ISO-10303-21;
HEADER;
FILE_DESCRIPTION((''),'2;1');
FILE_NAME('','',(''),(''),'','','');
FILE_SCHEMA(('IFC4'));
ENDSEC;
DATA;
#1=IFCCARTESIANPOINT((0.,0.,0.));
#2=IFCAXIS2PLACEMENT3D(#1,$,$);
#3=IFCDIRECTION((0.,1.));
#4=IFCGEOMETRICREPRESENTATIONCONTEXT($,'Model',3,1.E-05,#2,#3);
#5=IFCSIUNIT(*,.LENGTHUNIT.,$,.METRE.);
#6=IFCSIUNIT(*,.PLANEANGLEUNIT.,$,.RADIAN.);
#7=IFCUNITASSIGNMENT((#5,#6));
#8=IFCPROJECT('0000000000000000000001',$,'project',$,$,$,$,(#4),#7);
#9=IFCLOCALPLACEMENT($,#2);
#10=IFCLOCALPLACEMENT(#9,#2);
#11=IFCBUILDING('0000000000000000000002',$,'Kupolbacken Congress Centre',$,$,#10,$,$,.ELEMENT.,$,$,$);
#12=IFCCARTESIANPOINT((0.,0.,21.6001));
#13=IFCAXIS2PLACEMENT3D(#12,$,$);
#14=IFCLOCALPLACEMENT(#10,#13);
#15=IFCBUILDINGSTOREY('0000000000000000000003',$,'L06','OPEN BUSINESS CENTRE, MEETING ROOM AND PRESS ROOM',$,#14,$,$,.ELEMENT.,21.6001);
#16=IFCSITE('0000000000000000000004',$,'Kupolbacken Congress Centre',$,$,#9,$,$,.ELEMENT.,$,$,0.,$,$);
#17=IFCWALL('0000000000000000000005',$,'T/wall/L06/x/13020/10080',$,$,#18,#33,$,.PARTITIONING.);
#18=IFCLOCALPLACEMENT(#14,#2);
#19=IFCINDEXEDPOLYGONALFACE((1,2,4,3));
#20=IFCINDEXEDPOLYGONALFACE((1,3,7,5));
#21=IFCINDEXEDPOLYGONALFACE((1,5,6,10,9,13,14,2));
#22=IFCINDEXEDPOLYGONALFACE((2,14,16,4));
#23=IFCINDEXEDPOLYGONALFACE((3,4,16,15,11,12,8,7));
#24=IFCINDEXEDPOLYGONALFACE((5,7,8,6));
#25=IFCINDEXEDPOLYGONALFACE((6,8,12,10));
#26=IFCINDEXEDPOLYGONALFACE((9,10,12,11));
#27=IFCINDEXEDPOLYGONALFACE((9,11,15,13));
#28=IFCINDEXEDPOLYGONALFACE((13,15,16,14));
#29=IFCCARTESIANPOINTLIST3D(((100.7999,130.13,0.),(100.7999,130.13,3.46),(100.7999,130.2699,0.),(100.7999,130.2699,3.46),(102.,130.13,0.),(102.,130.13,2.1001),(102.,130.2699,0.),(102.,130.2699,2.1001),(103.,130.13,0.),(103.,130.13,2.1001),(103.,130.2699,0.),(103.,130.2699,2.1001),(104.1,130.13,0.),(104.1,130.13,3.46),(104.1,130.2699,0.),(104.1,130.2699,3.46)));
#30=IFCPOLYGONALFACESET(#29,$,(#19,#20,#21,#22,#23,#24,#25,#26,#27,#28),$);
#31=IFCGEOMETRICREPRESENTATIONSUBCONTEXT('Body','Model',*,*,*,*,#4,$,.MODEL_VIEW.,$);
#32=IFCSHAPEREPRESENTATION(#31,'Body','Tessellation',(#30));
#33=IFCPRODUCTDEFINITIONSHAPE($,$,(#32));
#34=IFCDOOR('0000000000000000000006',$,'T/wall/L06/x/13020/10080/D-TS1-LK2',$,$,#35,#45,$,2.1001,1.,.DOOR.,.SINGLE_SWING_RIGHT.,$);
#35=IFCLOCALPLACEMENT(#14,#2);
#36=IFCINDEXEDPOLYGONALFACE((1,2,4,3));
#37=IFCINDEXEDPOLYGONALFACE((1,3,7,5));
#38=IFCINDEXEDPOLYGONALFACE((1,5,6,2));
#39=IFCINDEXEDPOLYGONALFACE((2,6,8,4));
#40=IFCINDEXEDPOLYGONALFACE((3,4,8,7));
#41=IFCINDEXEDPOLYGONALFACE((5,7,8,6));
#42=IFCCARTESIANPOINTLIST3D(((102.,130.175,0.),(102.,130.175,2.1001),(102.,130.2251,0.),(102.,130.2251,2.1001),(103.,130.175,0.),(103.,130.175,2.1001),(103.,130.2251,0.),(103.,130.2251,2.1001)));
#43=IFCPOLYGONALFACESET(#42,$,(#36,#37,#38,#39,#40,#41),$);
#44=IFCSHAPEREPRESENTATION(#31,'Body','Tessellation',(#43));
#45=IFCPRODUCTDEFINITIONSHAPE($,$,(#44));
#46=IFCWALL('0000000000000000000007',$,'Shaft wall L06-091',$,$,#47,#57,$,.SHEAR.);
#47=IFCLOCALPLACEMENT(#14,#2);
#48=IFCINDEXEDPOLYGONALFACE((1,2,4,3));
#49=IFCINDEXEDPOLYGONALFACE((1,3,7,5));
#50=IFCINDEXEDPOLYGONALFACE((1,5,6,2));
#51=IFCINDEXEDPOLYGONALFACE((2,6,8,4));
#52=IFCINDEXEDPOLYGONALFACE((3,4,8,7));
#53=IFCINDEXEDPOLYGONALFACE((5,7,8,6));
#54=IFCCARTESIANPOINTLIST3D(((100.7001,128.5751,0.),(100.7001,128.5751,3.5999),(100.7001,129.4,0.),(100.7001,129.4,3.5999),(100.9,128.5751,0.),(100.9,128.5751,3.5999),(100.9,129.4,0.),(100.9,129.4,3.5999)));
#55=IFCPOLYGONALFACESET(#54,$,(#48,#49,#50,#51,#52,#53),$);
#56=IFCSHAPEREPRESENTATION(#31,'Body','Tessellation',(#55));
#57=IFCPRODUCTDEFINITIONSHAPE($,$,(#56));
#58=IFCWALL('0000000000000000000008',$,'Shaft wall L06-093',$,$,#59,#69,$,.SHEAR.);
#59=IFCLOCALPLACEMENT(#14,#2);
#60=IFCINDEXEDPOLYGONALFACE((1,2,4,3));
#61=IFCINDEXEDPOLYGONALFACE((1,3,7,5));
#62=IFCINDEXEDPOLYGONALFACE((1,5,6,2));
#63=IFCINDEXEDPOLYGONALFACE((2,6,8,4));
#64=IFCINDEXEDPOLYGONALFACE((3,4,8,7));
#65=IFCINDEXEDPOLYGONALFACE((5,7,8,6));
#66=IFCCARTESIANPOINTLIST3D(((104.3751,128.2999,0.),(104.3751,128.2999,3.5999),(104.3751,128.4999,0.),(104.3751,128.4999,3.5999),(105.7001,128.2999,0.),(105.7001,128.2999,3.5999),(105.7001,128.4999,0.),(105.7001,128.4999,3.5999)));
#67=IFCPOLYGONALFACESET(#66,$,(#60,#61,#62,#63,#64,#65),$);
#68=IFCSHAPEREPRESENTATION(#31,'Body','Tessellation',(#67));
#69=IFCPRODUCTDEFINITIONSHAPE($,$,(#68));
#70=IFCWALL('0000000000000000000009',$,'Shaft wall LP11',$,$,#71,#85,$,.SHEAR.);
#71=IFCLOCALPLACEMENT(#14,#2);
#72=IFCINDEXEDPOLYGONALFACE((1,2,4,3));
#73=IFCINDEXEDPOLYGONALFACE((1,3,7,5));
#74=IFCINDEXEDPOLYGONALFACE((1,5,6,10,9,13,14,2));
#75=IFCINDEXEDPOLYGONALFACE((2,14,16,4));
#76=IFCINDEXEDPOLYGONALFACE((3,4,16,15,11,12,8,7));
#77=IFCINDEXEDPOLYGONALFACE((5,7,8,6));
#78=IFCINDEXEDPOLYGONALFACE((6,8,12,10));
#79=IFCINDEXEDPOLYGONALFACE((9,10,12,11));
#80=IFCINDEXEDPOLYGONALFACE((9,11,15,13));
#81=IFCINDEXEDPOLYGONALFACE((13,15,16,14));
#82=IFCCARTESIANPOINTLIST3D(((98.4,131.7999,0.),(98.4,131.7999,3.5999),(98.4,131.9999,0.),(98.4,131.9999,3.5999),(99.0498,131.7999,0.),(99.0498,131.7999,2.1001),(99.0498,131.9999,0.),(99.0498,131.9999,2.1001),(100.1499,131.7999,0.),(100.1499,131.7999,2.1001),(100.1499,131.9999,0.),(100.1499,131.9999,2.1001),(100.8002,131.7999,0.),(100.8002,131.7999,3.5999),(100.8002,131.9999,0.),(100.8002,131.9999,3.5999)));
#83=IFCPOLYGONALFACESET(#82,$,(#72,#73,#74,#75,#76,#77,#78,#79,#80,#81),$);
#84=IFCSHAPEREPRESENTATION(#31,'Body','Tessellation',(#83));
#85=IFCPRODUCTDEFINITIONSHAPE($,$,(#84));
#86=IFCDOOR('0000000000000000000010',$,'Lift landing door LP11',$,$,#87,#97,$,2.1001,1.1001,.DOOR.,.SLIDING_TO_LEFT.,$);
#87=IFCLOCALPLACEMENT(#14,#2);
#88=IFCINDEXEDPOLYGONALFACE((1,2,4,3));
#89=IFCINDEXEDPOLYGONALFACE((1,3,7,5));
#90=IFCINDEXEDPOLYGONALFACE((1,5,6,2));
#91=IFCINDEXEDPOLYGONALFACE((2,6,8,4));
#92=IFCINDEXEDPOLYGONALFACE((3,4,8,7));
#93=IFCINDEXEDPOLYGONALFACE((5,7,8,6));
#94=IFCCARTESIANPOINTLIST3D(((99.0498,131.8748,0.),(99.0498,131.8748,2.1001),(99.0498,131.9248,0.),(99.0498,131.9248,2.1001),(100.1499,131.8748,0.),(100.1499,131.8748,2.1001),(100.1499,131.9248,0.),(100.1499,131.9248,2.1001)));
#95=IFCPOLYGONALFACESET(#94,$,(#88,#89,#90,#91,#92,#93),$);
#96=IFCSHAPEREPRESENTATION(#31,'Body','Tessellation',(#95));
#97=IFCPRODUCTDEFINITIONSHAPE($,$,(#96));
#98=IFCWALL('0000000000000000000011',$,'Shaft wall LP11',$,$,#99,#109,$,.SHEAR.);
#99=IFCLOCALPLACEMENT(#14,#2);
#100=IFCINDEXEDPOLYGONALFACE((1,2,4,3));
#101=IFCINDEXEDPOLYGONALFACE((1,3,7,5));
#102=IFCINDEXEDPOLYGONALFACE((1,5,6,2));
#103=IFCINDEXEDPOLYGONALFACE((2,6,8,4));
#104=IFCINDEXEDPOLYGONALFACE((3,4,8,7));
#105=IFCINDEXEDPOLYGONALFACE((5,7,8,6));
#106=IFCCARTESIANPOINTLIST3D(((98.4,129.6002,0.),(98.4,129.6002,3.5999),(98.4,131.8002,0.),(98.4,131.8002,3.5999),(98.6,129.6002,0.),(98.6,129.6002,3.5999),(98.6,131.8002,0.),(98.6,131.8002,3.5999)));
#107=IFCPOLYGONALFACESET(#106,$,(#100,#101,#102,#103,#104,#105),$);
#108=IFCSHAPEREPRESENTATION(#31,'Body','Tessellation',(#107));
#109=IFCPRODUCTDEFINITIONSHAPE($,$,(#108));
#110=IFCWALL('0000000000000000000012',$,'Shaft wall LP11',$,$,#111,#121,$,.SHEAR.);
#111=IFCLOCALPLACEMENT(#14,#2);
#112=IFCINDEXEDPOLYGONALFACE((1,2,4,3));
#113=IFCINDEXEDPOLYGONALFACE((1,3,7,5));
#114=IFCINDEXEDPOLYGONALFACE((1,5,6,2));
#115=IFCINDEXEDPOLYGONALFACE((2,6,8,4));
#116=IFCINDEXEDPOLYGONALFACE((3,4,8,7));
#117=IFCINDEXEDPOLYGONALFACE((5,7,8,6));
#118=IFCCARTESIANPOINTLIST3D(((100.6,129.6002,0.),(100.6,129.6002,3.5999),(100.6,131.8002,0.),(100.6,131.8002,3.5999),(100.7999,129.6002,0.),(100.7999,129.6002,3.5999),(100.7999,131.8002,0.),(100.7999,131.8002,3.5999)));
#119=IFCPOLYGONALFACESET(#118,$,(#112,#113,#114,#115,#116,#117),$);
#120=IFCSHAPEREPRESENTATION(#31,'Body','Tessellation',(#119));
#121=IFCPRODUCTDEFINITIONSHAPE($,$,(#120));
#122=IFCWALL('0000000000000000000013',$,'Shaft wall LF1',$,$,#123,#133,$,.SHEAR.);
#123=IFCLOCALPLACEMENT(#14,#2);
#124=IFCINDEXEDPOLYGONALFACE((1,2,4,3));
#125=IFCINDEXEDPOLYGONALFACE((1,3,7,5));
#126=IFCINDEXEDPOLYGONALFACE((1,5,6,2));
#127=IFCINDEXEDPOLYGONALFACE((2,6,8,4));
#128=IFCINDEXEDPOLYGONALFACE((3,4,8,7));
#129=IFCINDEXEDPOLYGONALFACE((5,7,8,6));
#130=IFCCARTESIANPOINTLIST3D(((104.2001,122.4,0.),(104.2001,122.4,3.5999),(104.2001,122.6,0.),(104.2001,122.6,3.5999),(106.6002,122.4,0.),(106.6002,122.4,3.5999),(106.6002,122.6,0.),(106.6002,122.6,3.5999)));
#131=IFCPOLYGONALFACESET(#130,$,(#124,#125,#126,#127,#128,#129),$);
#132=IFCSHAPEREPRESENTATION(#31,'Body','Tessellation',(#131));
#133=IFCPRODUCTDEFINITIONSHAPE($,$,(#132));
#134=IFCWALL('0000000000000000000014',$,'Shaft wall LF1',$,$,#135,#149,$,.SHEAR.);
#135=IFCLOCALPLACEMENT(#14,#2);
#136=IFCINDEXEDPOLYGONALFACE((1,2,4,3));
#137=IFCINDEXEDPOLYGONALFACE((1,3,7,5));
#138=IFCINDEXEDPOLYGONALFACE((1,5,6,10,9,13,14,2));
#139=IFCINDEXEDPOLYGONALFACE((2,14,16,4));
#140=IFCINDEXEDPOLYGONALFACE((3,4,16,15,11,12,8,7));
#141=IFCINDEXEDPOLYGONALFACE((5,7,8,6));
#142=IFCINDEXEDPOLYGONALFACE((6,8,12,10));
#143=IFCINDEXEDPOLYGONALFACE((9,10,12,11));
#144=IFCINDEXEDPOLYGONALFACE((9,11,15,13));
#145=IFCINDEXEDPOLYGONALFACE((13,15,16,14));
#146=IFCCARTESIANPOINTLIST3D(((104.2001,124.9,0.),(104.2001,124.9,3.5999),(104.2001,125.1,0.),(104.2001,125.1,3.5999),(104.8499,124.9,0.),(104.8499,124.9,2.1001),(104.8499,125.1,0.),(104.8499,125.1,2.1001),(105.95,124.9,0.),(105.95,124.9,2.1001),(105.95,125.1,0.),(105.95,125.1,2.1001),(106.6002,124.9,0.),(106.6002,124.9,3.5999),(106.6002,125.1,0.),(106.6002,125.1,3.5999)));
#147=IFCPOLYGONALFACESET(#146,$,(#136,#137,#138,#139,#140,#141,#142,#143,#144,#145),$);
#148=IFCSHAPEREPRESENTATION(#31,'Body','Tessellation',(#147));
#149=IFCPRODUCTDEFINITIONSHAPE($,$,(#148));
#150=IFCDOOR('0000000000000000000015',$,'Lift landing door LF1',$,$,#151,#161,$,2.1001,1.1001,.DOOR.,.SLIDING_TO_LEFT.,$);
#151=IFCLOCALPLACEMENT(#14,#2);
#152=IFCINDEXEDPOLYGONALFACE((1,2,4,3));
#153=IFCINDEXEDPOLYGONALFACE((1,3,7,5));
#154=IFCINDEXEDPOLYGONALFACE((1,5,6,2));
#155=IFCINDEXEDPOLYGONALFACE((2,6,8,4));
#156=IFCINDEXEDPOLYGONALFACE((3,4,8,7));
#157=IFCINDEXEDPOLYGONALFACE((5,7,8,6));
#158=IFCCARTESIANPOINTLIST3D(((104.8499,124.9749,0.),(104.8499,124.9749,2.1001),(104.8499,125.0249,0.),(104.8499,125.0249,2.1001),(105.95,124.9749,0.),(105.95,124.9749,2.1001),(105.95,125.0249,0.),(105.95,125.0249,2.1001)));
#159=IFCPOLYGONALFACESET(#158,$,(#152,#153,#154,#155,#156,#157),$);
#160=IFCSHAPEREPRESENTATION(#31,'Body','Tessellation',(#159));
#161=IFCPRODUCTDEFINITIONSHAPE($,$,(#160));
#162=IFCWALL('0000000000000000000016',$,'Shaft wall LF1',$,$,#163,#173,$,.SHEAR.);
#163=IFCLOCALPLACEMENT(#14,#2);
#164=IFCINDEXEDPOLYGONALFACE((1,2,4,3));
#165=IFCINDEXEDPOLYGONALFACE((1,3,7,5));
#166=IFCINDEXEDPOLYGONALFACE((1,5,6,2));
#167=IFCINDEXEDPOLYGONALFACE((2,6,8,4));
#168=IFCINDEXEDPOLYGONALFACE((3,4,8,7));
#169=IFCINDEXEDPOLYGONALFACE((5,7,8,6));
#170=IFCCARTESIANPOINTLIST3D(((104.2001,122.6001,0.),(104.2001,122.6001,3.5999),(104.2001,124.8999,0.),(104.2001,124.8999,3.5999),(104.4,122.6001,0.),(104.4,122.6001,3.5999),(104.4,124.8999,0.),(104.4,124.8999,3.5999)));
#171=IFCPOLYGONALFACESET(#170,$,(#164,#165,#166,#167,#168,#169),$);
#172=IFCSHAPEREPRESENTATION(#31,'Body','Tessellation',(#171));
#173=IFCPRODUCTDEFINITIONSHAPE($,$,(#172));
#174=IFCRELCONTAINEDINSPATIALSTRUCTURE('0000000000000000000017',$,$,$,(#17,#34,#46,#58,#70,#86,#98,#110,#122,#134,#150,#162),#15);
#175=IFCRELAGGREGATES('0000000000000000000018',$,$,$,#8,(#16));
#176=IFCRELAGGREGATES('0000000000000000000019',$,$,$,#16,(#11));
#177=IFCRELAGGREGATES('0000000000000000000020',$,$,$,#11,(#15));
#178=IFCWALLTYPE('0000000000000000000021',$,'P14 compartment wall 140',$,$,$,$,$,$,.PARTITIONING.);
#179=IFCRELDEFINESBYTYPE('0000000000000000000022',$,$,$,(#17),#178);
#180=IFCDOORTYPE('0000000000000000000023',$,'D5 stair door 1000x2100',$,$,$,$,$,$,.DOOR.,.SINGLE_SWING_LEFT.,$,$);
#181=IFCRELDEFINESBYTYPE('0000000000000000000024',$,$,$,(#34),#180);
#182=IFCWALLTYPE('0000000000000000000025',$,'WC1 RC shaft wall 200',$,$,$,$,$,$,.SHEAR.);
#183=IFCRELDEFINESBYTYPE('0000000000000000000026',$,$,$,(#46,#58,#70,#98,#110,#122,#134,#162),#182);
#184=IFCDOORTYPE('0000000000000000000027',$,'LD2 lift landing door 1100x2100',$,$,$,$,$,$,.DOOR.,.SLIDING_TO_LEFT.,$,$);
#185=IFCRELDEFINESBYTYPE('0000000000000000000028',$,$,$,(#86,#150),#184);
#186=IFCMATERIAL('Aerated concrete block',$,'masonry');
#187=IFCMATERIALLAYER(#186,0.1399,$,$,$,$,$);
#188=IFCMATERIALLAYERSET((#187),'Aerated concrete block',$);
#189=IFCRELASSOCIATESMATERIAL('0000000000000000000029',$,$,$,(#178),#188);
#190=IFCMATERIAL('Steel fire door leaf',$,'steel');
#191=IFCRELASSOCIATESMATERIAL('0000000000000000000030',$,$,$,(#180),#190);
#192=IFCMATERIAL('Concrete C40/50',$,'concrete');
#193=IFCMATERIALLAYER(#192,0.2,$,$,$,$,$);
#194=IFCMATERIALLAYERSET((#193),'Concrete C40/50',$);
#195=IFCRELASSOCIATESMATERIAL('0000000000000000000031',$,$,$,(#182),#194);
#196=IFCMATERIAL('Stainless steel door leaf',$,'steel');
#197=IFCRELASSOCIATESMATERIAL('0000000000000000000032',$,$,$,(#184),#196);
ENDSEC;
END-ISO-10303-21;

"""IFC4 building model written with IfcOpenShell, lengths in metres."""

from ifc_helpers import new_model, si_unit, direction, frame, frame_2d, origin, place, context, subcontext, project, spatial, rectangle, extrude, material, layer, layer_set, type_object, element, fill, save


model = new_model("IFC4")

# Units and contexts
model_context = context("Model", 3, precision=1e-05, world=origin(), true_north=direction((0.0, 1.0)))
body_context = subcontext(model_context, "Body", "Model", "MODEL_VIEW")
ifc_project = project(units=[si_unit("LENGTHUNIT", "METRE"), si_unit("PLANEANGLEUNIT", "RADIAN")], contexts=[model_context])

# Site, building, storey
site_placement = place(None, origin())
site = spatial("IfcSite", under=ifc_project, at=site_placement, Name="Kupolbacken Congress Centre", CompositionType="ELEMENT", RefElevation=0.0)
building_placement = place(site_placement, origin())
building = spatial("IfcBuilding", under=site, at=building_placement, Name="Kupolbacken Congress Centre", CompositionType="ELEMENT")
storey_placement = place(building_placement, frame((0.0, 0.0, 21.6001)))
storey = spatial("IfcBuildingStorey", under=building, at=storey_placement, Name="L06", Description="OPEN BUSINESS CENTRE, MEETING ROOM AND PRESS ROOM", CompositionType="ELEMENT", Elevation=21.6001)

# Wall, opening, door
ifc_material_1 = material(Name="Aerated concrete block", Category="masonry")
ifc_layer_1 = layer(ifc_material_1, 0.1399)
ifc_layer_set_1 = layer_set([ifc_layer_1], Name="Aerated concrete block")
wall_type_1 = type_object("IfcWallType", Name="P14 compartment wall 140", PredefinedType="PARTITIONING", material=ifc_layer_set_1)
wall_1_placement = place(storey_placement, frame((100.8, 130.2, 0.0), z_axis=(0.0, 0.0, 1.0), x_axis=(1.0, 0.0, 0.0)))
wall_1 = element("IfcWall", 1, at=wall_1_placement, inside=storey, type_object=wall_type_1, Name="T/wall/L06/x/13020/10080", PredefinedType="PARTITIONING", context=body_context, shape_type="SweptSolid", body=[
    extrude(rectangle(XDim=3.3, YDim=0.1399, at=frame_2d((1.6499, 0.0))), origin(), (0.0, 0.0, 1.0), 3.46),
])
opening_1_placement = place(wall_1_placement, frame((1.2, 0.0, 0.0)))
opening_1 = element("IfcOpeningElement", 2, at=opening_1_placement, cuts=wall_1, PredefinedType="OPENING", context=body_context, shape_type="SweptSolid", body=[
    extrude(rectangle(XDim=1.0, YDim=2.1001, at=frame_2d((0.5, 1.05))), frame((0.0, 0.0798, 0.0), z_axis=(0.0, -1.0, 0.0), x_axis=(1.0, 0.0, 0.0)), (0.0, 0.0, 1.0), 0.1599),
])
ifc_material_2 = material(Name="Steel fire door leaf", Category="steel")
door_type_1 = type_object("IfcDoorType", Name="D5 stair door 1000x2100", OperationType="SINGLE_SWING_LEFT", PredefinedType="DOOR", material=ifc_material_2)
door_1_placement = place(opening_1_placement, frame((1.0, 0.0, 0.0), z_axis=(0.0, 0.0, 1.0), x_axis=(-1.0, 0.0, 0.0)))
door_1 = element("IfcDoor", 3, at=door_1_placement, inside=storey, type_object=door_type_1, Name="T/wall/L06/x/13020/10080/D-TS1-LK2", OperationType="SINGLE_SWING_RIGHT", OverallHeight=2.1001, OverallWidth=1.0, PredefinedType="DOOR", context=body_context, shape_type="SweptSolid", body=[
    extrude(rectangle(XDim=1.0, YDim=2.1001, at=frame_2d((0.5, 1.05))), frame((0.0, 0.0249, 0.0), z_axis=(0.0, -1.0, 0.0), x_axis=(1.0, 0.0, 0.0)), (0.0, 0.0, 1.0), 0.05),
])
fill(opening_1, door_1)

# Walls
ifc_material_3 = material(Name="Concrete C40/50", Category="concrete")
ifc_layer_2 = layer(ifc_material_3, 0.2)
ifc_layer_set_2 = layer_set([ifc_layer_2], Name="Concrete C40/50")
wall_type_2 = type_object("IfcWallType", Name="WC1 RC shaft wall 200", PredefinedType="SHEAR", material=ifc_layer_set_2)
wall_2_placement = place(storey_placement, frame((100.8, 128.575, 0.0), z_axis=(0.0, 0.0, 1.0), x_axis=(0.0, 1.0, 0.0)))
element("IfcWall", 4, at=wall_2_placement, inside=storey, type_object=wall_type_2, Name="Shaft wall L06-091", PredefinedType="SHEAR", context=body_context, shape_type="SweptSolid", body=[
    extrude(rectangle(XDim=0.825, YDim=0.2, at=frame_2d((0.4126, 0.0))), origin(), (0.0, 0.0, 1.0), 3.5999),
])
wall_3_placement = place(storey_placement, frame((104.375, 128.3999, 0.0), z_axis=(0.0, 0.0, 1.0), x_axis=(1.0, 0.0, 0.0)))
element("IfcWall", 5, at=wall_3_placement, inside=storey, type_object=wall_type_2, Name="Shaft wall L06-093", PredefinedType="SHEAR", context=body_context, shape_type="SweptSolid", body=[
    extrude(rectangle(XDim=1.325, YDim=0.2, at=frame_2d((0.6626, 0.0))), origin(), (0.0, 0.0, 1.0), 3.5999),
])

# Wall, opening, door
wall_4_placement = place(storey_placement, frame((98.3999, 131.8999, 0.0), z_axis=(0.0, 0.0, 1.0), x_axis=(1.0, 0.0, 0.0)))
wall_4 = element("IfcWall", 6, at=wall_4_placement, inside=storey, type_object=wall_type_2, Name="Shaft wall LP11", PredefinedType="SHEAR", context=body_context, shape_type="SweptSolid", body=[
    extrude(rectangle(XDim=2.4001, YDim=0.2, at=frame_2d((1.2002, 0.0))), origin(), (0.0, 0.0, 1.0), 3.5999),
])
opening_2_placement = place(wall_4_placement, frame((0.6499, 0.0, 0.0)))
opening_2 = element("IfcOpeningElement", 7, at=opening_2_placement, cuts=wall_4, PredefinedType="OPENING", context=body_context, shape_type="SweptSolid", body=[
    extrude(rectangle(XDim=1.1001, YDim=2.1001, at=frame_2d((0.55, 1.05))), frame((0.0, 0.1099, 0.0), z_axis=(0.0, -1.0, 0.0), x_axis=(1.0, 0.0, 0.0)), (0.0, 0.0, 1.0), 0.22),
])
ifc_material_4 = material(Name="Stainless steel door leaf", Category="steel")
door_type_2 = type_object("IfcDoorType", Name="LD2 lift landing door 1100x2100", OperationType="SLIDING_TO_LEFT", PredefinedType="DOOR", material=ifc_material_4)
door_2_placement = place(opening_2_placement, origin())
door_2 = element("IfcDoor", 8, at=door_2_placement, inside=storey, type_object=door_type_2, Name="Lift landing door LP11", OperationType="SLIDING_TO_LEFT", OverallHeight=2.1001, OverallWidth=1.1001, PredefinedType="DOOR", context=body_context, shape_type="SweptSolid", body=[
    extrude(rectangle(XDim=1.1001, YDim=2.1001, at=frame_2d((0.55, 1.05))), frame((0.0, 0.0249, 0.0), z_axis=(0.0, -1.0, 0.0), x_axis=(1.0, 0.0, 0.0)), (0.0, 0.0, 1.0), 0.05),
])
fill(opening_2, door_2)

# Walls
for number, where, z_axis, x_axis, name in (
    (9, (98.5, 129.6001, 0.0), (0.0, 0.0, 1.0), (0.0, 1.0, 0.0), "Shaft wall LP11"),
    (10, (100.7, 129.6001, 0.0), (0.0, 0.0, 1.0), (0.0, 1.0, 0.0), "Shaft wall LP11"),
):
    element("IfcWall", number, at=place(storey_placement, frame(where, z_axis=z_axis, x_axis=x_axis)), inside=storey, type_object=wall_type_2, Name=name, PredefinedType="SHEAR", context=body_context, shape_type="SweptSolid", body=[
        extrude(rectangle(XDim=2.2, YDim=0.2, at=frame_2d((1.1001, 0.0))), origin(), (0.0, 0.0, 1.0), 3.5999),
    ])
wall_5_placement = place(storey_placement, frame((104.2, 122.5, 0.0), z_axis=(0.0, 0.0, 1.0), x_axis=(1.0, 0.0, 0.0)))
element("IfcWall", 11, at=wall_5_placement, inside=storey, type_object=wall_type_2, Name="Shaft wall LF1", PredefinedType="SHEAR", context=body_context, shape_type="SweptSolid", body=[
    extrude(rectangle(XDim=2.4001, YDim=0.2, at=frame_2d((1.2002, 0.0))), origin(), (0.0, 0.0, 1.0), 3.5999),
])

# Wall, opening, door
wall_6_placement = place(storey_placement, frame((104.2, 125.0, 0.0), z_axis=(0.0, 0.0, 1.0), x_axis=(1.0, 0.0, 0.0)))
wall_6 = element("IfcWall", 12, at=wall_6_placement, inside=storey, type_object=wall_type_2, Name="Shaft wall LF1", PredefinedType="SHEAR", context=body_context, shape_type="SweptSolid", body=[
    extrude(rectangle(XDim=2.4001, YDim=0.2, at=frame_2d((1.2002, 0.0))), origin(), (0.0, 0.0, 1.0), 3.5999),
])
opening_3_placement = place(wall_6_placement, frame((0.6499, 0.0, 0.0)))
opening_3 = element("IfcOpeningElement", 13, at=opening_3_placement, cuts=wall_6, PredefinedType="OPENING", context=body_context, shape_type="SweptSolid", body=[
    extrude(rectangle(XDim=1.1001, YDim=2.1001, at=frame_2d((0.55, 1.05))), frame((0.0, 0.1099, 0.0), z_axis=(0.0, -1.0, 0.0), x_axis=(1.0, 0.0, 0.0)), (0.0, 0.0, 1.0), 0.22),
])
door_3_placement = place(opening_3_placement, origin())
door_3 = element("IfcDoor", 14, at=door_3_placement, inside=storey, type_object=door_type_2, Name="Lift landing door LF1", OperationType="SLIDING_TO_LEFT", OverallHeight=2.1001, OverallWidth=1.1001, PredefinedType="DOOR", context=body_context, shape_type="SweptSolid", body=[
    extrude(rectangle(XDim=1.1001, YDim=2.1001, at=frame_2d((0.55, 1.05))), frame((0.0, 0.0249, 0.0), z_axis=(0.0, -1.0, 0.0), x_axis=(1.0, 0.0, 0.0)), (0.0, 0.0, 1.0), 0.05),
])
fill(opening_3, door_3)

# Wall
wall_7_placement = place(storey_placement, frame((104.3, 122.6001, 0.0), z_axis=(0.0, 0.0, 1.0), x_axis=(0.0, 1.0, 0.0)))
element("IfcWall", 15, at=wall_7_placement, inside=storey, type_object=wall_type_2, Name="Shaft wall LF1", PredefinedType="SHEAR", context=body_context, shape_type="SweptSolid", body=[
    extrude(rectangle(XDim=2.2998, YDim=0.2, at=frame_2d((1.1499, 0.0))), origin(), (0.0, 0.0, 1.0), 3.5999),
])

save(model, "model.ifc")
